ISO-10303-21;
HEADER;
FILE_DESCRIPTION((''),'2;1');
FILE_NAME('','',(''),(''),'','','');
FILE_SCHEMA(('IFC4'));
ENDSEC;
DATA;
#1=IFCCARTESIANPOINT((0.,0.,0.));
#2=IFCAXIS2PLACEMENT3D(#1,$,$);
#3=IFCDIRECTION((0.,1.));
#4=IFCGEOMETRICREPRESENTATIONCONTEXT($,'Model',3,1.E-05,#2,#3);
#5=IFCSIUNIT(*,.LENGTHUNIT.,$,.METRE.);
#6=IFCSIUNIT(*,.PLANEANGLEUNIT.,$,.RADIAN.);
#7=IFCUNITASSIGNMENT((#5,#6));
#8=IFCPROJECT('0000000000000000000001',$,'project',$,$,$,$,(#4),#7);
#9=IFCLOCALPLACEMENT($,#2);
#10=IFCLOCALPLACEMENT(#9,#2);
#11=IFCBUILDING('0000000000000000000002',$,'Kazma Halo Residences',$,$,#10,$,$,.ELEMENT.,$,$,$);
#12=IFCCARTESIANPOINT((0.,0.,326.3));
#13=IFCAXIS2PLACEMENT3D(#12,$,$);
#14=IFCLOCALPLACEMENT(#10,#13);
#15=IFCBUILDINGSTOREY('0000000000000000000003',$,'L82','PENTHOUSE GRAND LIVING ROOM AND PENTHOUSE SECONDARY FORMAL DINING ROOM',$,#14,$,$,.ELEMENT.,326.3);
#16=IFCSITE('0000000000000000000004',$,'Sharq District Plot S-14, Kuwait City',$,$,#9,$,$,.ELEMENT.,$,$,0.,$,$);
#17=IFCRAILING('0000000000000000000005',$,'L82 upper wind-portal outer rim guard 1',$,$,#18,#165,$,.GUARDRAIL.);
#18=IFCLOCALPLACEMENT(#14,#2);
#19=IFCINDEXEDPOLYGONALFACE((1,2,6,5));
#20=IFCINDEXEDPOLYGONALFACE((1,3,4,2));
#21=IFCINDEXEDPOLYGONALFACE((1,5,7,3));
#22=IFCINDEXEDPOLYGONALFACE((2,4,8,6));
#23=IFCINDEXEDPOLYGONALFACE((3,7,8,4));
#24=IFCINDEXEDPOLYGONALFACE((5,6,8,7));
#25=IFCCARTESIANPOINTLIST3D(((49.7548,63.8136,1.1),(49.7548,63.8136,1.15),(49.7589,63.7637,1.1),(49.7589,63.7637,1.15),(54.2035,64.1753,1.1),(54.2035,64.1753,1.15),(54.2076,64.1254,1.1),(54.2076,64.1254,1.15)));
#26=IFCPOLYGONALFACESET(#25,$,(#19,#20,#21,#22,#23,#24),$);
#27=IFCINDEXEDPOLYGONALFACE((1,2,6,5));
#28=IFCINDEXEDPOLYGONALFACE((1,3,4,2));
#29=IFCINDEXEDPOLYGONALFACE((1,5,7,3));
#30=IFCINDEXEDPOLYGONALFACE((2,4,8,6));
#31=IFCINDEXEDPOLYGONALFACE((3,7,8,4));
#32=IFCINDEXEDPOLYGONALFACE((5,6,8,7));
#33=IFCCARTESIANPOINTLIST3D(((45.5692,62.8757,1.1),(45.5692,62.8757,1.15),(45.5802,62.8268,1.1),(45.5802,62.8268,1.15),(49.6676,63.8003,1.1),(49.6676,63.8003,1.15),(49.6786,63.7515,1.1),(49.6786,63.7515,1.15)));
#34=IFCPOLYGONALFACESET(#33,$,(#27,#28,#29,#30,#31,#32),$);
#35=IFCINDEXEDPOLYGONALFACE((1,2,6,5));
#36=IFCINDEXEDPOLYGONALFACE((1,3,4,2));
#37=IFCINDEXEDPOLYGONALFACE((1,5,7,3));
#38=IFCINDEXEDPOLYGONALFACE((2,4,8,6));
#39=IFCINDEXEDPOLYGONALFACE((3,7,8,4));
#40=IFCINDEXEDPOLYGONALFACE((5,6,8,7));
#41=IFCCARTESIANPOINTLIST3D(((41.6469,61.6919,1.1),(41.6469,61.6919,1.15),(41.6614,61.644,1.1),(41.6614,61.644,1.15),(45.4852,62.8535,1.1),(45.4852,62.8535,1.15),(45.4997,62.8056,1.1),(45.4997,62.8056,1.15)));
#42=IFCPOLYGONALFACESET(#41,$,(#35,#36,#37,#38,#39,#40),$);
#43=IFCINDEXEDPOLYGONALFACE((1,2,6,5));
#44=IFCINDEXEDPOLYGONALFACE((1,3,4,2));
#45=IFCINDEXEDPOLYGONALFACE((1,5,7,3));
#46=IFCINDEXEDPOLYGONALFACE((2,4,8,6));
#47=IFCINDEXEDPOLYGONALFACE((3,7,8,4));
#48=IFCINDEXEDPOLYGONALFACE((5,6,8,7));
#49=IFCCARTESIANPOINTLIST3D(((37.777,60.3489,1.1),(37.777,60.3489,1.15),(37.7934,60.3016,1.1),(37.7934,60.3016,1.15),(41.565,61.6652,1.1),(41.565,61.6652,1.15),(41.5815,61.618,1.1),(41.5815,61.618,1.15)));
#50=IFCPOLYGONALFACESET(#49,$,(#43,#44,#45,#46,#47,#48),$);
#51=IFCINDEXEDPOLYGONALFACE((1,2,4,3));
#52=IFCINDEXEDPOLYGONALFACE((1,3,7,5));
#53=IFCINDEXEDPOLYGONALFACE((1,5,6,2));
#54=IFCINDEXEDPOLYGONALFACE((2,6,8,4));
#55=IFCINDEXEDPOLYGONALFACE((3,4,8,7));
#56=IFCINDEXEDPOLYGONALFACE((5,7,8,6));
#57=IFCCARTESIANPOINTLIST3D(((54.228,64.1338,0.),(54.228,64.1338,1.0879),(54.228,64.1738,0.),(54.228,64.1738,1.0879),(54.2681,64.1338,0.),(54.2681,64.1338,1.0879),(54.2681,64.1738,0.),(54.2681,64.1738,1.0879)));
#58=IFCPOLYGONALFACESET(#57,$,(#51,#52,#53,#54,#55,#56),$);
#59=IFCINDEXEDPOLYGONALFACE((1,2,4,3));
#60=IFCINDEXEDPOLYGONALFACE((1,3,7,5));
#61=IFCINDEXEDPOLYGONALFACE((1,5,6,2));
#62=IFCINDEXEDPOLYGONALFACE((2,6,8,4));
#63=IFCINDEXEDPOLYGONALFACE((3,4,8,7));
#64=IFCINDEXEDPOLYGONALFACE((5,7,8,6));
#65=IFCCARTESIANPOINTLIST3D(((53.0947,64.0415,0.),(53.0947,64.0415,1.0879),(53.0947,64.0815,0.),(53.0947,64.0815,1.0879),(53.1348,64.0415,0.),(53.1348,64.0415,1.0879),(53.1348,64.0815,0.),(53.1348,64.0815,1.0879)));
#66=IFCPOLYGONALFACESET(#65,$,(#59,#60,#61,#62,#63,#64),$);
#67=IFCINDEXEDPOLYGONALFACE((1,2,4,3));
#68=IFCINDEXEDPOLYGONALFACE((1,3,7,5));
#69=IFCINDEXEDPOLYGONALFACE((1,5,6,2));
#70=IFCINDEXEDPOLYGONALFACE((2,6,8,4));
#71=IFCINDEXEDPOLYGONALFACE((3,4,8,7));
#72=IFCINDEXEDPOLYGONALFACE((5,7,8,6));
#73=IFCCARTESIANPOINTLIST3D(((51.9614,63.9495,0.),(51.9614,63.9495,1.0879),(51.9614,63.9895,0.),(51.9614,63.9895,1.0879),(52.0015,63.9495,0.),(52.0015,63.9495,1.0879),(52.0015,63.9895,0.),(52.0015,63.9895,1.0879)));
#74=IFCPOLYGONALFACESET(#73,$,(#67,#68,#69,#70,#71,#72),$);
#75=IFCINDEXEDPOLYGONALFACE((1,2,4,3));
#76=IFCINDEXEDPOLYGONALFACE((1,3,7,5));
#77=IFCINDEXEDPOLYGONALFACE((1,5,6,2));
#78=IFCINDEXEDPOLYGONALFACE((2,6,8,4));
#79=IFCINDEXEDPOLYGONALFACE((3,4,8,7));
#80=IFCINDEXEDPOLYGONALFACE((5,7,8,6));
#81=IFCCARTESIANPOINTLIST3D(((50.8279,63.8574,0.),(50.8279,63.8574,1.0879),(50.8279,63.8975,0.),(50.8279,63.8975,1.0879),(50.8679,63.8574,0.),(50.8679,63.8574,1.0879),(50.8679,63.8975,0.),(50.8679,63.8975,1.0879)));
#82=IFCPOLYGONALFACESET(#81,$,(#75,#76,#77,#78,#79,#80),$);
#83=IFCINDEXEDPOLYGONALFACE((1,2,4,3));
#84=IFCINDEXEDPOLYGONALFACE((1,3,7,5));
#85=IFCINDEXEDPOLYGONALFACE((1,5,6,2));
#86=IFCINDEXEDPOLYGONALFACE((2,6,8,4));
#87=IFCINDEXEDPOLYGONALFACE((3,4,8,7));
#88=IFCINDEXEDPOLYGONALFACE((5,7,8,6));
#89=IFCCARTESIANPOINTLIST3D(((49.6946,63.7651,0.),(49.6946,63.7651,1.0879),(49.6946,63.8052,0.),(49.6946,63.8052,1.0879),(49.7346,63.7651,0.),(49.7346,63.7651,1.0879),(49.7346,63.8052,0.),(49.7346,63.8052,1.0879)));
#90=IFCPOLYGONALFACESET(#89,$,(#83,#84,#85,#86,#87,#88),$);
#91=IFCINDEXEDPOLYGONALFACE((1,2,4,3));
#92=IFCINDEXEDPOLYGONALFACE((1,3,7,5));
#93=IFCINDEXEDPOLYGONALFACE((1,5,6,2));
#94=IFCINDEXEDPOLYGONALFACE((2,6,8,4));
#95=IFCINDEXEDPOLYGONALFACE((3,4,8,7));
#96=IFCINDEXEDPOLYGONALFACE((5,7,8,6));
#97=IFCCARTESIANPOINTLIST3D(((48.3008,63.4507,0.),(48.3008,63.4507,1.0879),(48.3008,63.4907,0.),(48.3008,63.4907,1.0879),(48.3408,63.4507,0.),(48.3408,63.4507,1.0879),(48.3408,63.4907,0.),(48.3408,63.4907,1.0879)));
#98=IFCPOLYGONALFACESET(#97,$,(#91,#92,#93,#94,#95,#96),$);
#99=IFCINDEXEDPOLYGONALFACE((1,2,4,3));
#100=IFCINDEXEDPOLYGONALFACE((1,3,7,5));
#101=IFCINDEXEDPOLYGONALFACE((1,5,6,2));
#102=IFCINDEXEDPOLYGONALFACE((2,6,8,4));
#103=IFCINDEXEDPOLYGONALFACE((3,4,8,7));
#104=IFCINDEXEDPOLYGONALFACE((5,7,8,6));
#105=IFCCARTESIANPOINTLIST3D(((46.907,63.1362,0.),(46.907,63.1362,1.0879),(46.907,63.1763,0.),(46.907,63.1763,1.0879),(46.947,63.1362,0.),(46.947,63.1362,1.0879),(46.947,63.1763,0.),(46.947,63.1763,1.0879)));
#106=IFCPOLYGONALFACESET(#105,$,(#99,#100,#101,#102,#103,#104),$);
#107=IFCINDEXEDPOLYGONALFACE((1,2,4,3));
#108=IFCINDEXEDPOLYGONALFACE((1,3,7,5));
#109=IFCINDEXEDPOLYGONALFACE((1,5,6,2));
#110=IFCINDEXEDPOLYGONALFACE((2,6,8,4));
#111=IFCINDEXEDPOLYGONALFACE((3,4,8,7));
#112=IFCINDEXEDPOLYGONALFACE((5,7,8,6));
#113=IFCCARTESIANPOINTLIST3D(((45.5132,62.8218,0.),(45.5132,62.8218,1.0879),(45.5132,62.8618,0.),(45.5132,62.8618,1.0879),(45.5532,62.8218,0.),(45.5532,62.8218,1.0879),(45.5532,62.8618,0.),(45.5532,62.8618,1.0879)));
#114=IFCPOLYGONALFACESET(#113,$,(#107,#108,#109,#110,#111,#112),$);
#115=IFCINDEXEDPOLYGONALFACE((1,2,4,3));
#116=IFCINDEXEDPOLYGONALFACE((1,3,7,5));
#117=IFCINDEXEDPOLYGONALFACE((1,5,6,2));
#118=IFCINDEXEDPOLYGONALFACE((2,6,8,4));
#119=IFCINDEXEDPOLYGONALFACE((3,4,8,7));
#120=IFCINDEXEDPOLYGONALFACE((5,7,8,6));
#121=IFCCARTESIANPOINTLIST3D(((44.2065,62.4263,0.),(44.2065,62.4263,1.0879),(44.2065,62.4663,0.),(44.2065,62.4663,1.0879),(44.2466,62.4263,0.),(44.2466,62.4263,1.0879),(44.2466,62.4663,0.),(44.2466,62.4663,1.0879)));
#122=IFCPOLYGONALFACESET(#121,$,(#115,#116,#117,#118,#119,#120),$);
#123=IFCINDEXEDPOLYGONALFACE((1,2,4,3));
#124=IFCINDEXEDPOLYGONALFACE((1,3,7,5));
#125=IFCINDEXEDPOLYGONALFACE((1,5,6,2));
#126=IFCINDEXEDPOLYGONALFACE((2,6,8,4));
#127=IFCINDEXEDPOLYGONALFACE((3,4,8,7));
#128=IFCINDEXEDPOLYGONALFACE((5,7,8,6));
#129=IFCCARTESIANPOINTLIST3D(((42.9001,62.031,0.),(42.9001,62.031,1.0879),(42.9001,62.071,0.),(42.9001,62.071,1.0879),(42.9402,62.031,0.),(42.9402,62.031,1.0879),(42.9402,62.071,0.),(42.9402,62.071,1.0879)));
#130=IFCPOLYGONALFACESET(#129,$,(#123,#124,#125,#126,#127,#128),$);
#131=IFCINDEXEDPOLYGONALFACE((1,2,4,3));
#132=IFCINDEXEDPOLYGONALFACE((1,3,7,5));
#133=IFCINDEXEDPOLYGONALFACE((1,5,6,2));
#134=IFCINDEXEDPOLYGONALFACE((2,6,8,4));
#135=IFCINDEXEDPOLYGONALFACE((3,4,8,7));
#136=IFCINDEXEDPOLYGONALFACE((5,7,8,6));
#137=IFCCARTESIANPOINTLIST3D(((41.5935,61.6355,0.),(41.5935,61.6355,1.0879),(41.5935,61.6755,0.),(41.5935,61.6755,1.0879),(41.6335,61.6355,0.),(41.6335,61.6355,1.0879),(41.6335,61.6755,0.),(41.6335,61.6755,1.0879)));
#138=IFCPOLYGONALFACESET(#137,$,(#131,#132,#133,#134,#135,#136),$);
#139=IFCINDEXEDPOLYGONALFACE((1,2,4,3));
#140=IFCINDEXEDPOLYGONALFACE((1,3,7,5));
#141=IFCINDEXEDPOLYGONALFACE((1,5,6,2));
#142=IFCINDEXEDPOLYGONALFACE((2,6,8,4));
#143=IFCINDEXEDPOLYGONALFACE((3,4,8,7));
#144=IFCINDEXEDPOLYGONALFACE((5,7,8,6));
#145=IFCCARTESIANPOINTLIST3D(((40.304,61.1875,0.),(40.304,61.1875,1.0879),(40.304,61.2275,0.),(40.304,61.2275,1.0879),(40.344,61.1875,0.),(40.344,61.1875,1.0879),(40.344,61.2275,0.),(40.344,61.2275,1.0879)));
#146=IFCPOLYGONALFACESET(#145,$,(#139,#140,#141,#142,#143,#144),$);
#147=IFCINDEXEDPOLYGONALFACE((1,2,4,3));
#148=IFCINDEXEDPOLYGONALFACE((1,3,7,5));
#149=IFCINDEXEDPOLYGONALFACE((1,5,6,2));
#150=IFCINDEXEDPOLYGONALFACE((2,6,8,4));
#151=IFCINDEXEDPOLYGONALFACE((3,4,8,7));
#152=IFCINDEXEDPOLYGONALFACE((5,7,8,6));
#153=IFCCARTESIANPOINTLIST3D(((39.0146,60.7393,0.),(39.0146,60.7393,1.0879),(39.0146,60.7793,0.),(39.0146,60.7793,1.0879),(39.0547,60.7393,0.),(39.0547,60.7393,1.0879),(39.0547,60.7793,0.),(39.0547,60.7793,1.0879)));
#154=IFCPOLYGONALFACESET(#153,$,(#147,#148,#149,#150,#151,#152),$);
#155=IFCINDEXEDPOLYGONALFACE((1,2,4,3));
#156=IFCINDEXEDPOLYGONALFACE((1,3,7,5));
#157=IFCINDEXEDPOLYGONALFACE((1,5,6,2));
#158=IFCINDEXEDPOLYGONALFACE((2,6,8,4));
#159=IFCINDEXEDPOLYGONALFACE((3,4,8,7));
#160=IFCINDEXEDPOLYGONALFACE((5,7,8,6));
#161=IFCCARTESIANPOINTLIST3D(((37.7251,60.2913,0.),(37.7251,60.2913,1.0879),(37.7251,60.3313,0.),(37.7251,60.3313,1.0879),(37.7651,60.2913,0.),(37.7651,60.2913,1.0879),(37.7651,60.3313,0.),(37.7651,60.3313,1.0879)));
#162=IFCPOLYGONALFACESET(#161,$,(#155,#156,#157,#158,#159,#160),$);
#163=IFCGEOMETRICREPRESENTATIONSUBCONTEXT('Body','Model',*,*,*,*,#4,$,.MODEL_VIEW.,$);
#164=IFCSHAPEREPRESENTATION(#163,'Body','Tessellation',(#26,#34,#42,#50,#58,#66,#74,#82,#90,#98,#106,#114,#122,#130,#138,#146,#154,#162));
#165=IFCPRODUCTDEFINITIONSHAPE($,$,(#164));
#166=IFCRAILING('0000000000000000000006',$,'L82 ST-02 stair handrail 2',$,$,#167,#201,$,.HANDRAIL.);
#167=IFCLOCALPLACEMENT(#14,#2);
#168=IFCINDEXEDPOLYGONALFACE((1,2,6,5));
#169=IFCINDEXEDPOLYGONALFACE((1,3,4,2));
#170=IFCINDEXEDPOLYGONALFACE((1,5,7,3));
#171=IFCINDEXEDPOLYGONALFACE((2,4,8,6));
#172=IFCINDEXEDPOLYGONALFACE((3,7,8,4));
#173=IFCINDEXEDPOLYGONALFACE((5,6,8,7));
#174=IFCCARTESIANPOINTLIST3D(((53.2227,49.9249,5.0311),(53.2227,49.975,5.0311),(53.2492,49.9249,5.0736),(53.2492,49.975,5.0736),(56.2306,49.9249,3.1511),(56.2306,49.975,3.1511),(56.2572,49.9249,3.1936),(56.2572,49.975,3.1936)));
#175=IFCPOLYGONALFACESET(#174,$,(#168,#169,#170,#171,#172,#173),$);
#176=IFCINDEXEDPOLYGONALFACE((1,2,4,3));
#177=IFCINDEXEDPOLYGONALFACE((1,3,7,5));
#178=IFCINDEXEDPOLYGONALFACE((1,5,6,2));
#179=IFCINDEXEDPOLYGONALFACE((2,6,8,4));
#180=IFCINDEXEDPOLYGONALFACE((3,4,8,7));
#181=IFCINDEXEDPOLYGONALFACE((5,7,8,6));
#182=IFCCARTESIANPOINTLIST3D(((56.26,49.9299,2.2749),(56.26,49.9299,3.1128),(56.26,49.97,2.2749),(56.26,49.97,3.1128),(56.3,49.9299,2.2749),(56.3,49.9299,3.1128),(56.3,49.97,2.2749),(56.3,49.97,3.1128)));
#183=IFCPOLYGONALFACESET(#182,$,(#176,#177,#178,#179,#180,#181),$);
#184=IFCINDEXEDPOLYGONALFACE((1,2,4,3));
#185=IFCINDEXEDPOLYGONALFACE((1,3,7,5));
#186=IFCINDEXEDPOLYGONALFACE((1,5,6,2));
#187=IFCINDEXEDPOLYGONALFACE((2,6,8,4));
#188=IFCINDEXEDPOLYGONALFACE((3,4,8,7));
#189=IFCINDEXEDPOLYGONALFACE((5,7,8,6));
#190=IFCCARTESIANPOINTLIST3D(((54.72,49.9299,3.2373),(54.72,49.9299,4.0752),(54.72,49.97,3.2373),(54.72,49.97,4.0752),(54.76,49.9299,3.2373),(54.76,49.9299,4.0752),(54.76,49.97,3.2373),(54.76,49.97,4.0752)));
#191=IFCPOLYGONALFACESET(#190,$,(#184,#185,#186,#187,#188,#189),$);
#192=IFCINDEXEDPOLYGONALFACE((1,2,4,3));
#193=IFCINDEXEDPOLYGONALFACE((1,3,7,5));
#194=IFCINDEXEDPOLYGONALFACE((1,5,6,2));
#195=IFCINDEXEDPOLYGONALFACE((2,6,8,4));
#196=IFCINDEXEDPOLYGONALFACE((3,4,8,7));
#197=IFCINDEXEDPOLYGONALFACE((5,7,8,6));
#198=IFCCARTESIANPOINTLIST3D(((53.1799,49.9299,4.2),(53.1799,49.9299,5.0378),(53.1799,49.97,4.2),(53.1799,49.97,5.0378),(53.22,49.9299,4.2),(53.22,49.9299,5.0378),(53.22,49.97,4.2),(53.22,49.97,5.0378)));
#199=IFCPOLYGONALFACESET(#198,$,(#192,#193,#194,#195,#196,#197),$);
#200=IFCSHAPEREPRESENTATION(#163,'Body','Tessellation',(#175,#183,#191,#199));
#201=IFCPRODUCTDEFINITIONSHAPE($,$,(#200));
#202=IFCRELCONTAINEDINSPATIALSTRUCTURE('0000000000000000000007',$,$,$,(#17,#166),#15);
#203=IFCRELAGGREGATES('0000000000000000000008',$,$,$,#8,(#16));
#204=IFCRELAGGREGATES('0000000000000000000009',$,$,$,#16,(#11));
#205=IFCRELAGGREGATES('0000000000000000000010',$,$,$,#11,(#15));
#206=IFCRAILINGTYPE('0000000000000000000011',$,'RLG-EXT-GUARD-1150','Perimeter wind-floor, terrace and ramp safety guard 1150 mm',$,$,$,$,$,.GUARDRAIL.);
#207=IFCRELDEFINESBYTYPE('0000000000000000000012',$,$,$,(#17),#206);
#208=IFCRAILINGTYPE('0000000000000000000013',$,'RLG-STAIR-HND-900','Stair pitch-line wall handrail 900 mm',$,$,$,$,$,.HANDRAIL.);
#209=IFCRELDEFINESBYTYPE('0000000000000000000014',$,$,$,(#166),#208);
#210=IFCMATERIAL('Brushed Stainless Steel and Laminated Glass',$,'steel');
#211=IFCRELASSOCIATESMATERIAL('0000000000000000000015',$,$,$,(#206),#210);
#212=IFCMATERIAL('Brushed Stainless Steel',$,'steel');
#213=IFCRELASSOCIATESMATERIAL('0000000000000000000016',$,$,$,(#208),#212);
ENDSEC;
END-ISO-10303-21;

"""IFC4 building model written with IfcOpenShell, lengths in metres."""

from ifc_helpers import new_model, si_unit, direction, frame, origin, origin_2d, place, context, subcontext, project, spatial, rectangle, extrude, material, type_object, element, save


model = new_model("IFC4")

# Units and contexts
model_context = context("Model", 3, precision=1e-05, world=origin(), true_north=direction((0.0, 1.0)))
body_context = subcontext(model_context, "Body", "Model", "MODEL_VIEW")
ifc_project = project(units=[si_unit("LENGTHUNIT", "METRE"), si_unit("PLANEANGLEUNIT", "RADIAN")], contexts=[model_context])

# Site, building, storey
site_placement = place(None, origin())
site = spatial("IfcSite", under=ifc_project, at=site_placement, Name="Sharq District Plot S-14, Kuwait City", CompositionType="ELEMENT", RefElevation=0.0)
building_placement = place(site_placement, origin())
building = spatial("IfcBuilding", under=site, at=building_placement, Name="Kazma Halo Residences", CompositionType="ELEMENT")
storey_placement = place(building_placement, frame((0.0, 0.0, 326.3)))
storey = spatial("IfcBuildingStorey", under=building, at=storey_placement, Name="L82", Description="PENTHOUSE GRAND LIVING ROOM AND PENTHOUSE SECONDARY FORMAL DINING ROOM", CompositionType="ELEMENT", Elevation=326.3)

# Railings
ifc_material_1 = material(Name="Brushed Stainless Steel and Laminated Glass", Category="steel")
railing_type_1 = type_object("IfcRailingType", Name="RLG-EXT-GUARD-1150", Description="Perimeter wind-floor, terrace and ramp safety guard 1150 mm", PredefinedType="GUARDRAIL", material=ifc_material_1)
railing_1_placement = place(storey_placement, frame((54.248, 64.1538, 0.0)))
element("IfcRailing", 1, at=railing_1_placement, inside=storey, type_object=railing_type_1, Name="L82 upper wind-portal outer rim guard 1", PredefinedType="GUARDRAIL", context=body_context, shape_type="SweptSolid", body=[
    extrude(rectangle(XDim=0.05, YDim=0.05, at=origin_2d()), frame((-0.0425, -0.0034, 1.125), z_axis=(-0.99671, -0.081051, 0.0), x_axis=(0.081051, -0.99671, 0.0)), (0.0, 0.0, 1.0), 4.4634),
    extrude(rectangle(XDim=0.05, YDim=0.05, at=origin_2d()), frame((-4.575, -0.3779, 1.125), z_axis=(-0.975482, -0.220077, 0.0), x_axis=(0.220077, -0.975482, 0.0)), (0.0, 0.0, 1.0), 4.2014),
    extrude(rectangle(XDim=0.05, YDim=0.05, at=origin_2d()), frame((-8.7556, -1.3242, 1.125), z_axis=(-0.957126, -0.289671, 0.0), x_axis=(0.289671, -0.957126, 0.0)), (0.0, 0.0, 1.0), 4.0103),
    extrude(rectangle(XDim=0.05, YDim=0.05, at=origin_2d()), frame((-12.6748, -2.5122, 1.125), z_axis=(-0.944595, -0.328239, 0.0), x_axis=(0.328239, -0.944595, 0.0)), (0.0, 0.0, 1.0), 4.0103),
    extrude(rectangle(XDim=0.04, YDim=0.04, at=origin_2d()), origin(), (0.0, 0.0, 1.0), 1.0879),
    extrude(rectangle(XDim=0.04, YDim=0.04, at=origin_2d()), frame((-1.1333, -0.0923, 0.0)), (0.0, 0.0, 1.0), 1.0879),
    extrude(rectangle(XDim=0.04, YDim=0.04, at=origin_2d()), frame((-2.2666, -0.1843, 0.0)), (0.0, 0.0, 1.0), 1.0879),
    extrude(rectangle(XDim=0.04, YDim=0.04, at=origin_2d()), frame((-3.4001, -0.2764, 0.0)), (0.0, 0.0, 1.0), 1.0879),
    extrude(rectangle(XDim=0.04, YDim=0.04, at=origin_2d()), frame((-4.5334, -0.3687, 0.0)), (0.0, 0.0, 1.0), 1.0879),
    extrude(rectangle(XDim=0.04, YDim=0.04, at=origin_2d()), frame((-5.9272, -0.6831, 0.0)), (0.0, 0.0, 1.0), 1.0879),
    extrude(rectangle(XDim=0.04, YDim=0.04, at=origin_2d()), frame((-7.321, -0.9976, 0.0)), (0.0, 0.0, 1.0), 1.0879),
    extrude(rectangle(XDim=0.04, YDim=0.04, at=origin_2d()), frame((-8.7148, -1.312, 0.0)), (0.0, 0.0, 1.0), 1.0879),
    extrude(rectangle(XDim=0.04, YDim=0.04, at=origin_2d()), frame((-10.0215, -1.7075, 0.0)), (0.0, 0.0, 1.0), 1.0879),
    extrude(rectangle(XDim=0.04, YDim=0.04, at=origin_2d()), frame((-11.3279, -2.1028, 0.0)), (0.0, 0.0, 1.0), 1.0879),
    extrude(rectangle(XDim=0.04, YDim=0.04, at=origin_2d()), frame((-12.6345, -2.4983, 0.0)), (0.0, 0.0, 1.0), 1.0879),
    extrude(rectangle(XDim=0.04, YDim=0.04, at=origin_2d()), frame((-13.9241, -2.9463, 0.0)), (0.0, 0.0, 1.0), 1.0879),
    extrude(rectangle(XDim=0.04, YDim=0.04, at=origin_2d()), frame((-15.2134, -3.3945, 0.0)), (0.0, 0.0, 1.0), 1.0879),
    extrude(rectangle(XDim=0.04, YDim=0.04, at=origin_2d()), frame((-16.5029, -3.8425, 0.0)), (0.0, 0.0, 1.0), 1.0879),
])
ifc_material_2 = material(Name="Brushed Stainless Steel", Category="steel")
railing_type_2 = type_object("IfcRailingType", Name="RLG-STAIR-HND-900", Description="Stair pitch-line wall handrail 900 mm", PredefinedType="HANDRAIL", material=ifc_material_2)
railing_2_placement = place(storey_placement, frame((56.28, 49.95, 2.2749)))
element("IfcRailing", 2, at=railing_2_placement, inside=storey, type_object=railing_type_2, Name="L82 ST-02 stair handrail 2", PredefinedType="HANDRAIL", context=body_context, shape_type="SweptSolid", body=[
    extrude(rectangle(XDim=0.05, YDim=0.05, at=origin_2d()), frame((-0.0361, 0.0, 0.8975), z_axis=(-0.847998, 0.0, 0.529999), x_axis=(0.0, -1.0, 0.0)), (0.0, 0.0, 1.0), 3.5471),
    extrude(rectangle(XDim=0.04, YDim=0.04, at=origin_2d()), origin(), (0.0, 0.0, 1.0), 0.8379),
    extrude(rectangle(XDim=0.04, YDim=0.04, at=origin_2d()), frame((-1.54, 0.0, 0.9624)), (0.0, 0.0, 1.0), 0.8379),
    extrude(rectangle(XDim=0.04, YDim=0.04, at=origin_2d()), frame((-3.0801, 0.0, 1.925)), (0.0, 0.0, 1.0), 0.8379),
])

save(model, "model.ifc")
